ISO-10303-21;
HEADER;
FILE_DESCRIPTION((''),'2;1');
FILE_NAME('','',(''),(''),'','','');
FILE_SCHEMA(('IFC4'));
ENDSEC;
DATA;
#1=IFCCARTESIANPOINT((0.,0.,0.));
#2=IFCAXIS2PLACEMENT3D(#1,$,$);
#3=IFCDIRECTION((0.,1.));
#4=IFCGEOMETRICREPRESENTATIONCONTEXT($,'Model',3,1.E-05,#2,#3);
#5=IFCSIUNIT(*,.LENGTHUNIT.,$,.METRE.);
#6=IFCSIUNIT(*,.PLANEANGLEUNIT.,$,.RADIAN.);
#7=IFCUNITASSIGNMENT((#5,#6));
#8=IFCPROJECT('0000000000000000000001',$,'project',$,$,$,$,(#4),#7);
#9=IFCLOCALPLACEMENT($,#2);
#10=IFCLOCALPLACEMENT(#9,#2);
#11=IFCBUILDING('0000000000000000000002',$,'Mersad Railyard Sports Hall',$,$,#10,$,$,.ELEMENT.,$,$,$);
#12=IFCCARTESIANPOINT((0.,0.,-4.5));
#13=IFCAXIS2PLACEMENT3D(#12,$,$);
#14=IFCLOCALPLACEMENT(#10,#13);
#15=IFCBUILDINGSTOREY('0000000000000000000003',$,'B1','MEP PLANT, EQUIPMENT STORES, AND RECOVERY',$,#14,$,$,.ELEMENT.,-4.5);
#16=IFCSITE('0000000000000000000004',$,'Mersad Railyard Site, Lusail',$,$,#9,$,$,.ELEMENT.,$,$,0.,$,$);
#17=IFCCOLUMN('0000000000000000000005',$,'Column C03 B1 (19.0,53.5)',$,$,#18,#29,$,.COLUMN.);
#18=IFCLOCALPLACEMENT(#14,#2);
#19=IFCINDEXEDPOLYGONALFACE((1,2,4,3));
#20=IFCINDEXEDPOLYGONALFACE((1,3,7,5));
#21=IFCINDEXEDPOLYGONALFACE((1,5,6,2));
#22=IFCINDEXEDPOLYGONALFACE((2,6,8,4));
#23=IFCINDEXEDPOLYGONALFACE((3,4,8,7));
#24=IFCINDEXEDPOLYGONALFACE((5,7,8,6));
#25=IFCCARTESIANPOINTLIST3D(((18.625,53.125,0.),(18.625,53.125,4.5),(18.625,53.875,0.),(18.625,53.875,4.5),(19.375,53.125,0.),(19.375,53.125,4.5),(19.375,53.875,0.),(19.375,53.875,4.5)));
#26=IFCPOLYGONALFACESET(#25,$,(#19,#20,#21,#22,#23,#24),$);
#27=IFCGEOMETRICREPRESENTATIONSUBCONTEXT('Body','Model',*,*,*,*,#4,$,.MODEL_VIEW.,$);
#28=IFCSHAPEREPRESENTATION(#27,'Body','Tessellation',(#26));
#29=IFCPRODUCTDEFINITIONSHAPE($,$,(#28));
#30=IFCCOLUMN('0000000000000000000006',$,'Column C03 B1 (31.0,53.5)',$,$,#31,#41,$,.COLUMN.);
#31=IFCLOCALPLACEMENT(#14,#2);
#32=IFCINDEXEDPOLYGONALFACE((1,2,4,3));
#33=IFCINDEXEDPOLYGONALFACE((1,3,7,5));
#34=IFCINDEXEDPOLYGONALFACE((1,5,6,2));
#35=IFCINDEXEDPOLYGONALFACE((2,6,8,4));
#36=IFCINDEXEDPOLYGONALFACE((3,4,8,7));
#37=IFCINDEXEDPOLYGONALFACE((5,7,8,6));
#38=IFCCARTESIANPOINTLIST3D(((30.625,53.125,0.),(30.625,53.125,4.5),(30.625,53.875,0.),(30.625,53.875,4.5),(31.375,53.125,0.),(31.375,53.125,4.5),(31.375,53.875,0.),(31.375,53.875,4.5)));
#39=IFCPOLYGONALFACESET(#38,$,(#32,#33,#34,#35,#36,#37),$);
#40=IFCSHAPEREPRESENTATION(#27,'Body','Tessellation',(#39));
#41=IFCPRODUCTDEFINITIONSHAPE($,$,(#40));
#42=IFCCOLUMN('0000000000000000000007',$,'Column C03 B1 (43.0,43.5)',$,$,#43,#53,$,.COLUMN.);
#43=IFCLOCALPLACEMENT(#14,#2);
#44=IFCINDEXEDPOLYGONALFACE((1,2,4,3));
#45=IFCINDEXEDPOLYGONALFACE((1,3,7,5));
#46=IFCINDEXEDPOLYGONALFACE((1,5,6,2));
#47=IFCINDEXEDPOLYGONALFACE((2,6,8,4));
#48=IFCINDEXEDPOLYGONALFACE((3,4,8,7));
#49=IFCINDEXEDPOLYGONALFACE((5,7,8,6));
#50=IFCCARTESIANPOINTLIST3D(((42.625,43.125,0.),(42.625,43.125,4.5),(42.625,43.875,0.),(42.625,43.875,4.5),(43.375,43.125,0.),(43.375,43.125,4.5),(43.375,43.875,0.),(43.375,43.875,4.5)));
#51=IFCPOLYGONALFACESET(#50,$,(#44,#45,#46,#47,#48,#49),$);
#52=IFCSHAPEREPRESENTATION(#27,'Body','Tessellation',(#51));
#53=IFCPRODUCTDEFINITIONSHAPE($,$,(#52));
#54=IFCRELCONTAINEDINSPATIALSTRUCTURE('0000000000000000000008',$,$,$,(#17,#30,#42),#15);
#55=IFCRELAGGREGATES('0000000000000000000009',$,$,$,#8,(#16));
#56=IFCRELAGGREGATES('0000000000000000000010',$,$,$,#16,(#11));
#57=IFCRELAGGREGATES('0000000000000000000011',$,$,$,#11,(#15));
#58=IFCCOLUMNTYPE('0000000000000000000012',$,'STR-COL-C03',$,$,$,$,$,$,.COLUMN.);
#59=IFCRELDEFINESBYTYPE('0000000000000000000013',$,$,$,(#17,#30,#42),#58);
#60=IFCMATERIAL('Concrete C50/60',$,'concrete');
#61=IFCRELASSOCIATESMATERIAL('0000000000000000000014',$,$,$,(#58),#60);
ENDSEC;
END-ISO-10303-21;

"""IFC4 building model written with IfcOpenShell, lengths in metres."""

from ifc_helpers import new_model, si_unit, direction, frame, origin, origin_2d, place, context, subcontext, project, spatial, rectangle, extrude, material, material_profile, profile_set, type_object, element, save


model = new_model("IFC4")

# Units and contexts
model_context = context("Model", 3, precision=1e-05, world=origin(), true_north=direction((0.0, 1.0)))
body_context = subcontext(model_context, "Body", "Model", "MODEL_VIEW")
ifc_project = project(units=[si_unit("LENGTHUNIT", "METRE"), si_unit("PLANEANGLEUNIT", "RADIAN")], contexts=[model_context])

# Site, building, storey
site_placement = place(None, origin())
site = spatial("IfcSite", under=ifc_project, at=site_placement, Name="Mersad Railyard Site, Lusail", CompositionType="ELEMENT", RefElevation=0.0)
building_placement = place(site_placement, origin())
building = spatial("IfcBuilding", under=site, at=building_placement, Name="Mersad Railyard Sports Hall", CompositionType="ELEMENT")
storey_placement = place(building_placement, frame((0.0, 0.0, -4.5)))
storey = spatial("IfcBuildingStorey", under=building, at=storey_placement, Name="B1", Description="MEP PLANT, EQUIPMENT STORES, AND RECOVERY", CompositionType="ELEMENT", Elevation=-4.5)

# Columns
ifc_material_1 = material(Name="Concrete C50/60", Category="concrete")
ifc_material_profile_1 = material_profile(ifc_material_1, rectangle(XDim=0.75, YDim=0.75, at=origin_2d()), Name="RC 750x750")
ifc_profile_set_1 = profile_set([ifc_material_profile_1], Name="Concrete C50/60")
column_type_1 = type_object("IfcColumnType", Name="STR-COL-C03", PredefinedType="COLUMN", material=ifc_profile_set_1)
for number, where, z_axis, x_axis, name in (
    (1, (19.0, 53.5, 0.0), (0.0, 0.0, 1.0), (1.0, 0.0, 0.0), "Column C03 B1 (19.0,53.5)"),
    (2, (31.0, 53.5, 0.0), (0.0, 0.0, 1.0), (1.0, 0.0, 0.0), "Column C03 B1 (31.0,53.5)"),
    (3, (43.0, 43.5, 0.0), (0.0, 0.0, 1.0), (1.0, 0.0, 0.0), "Column C03 B1 (43.0,43.5)"),
):
    element("IfcColumn", number, at=place(storey_placement, frame(where, z_axis=z_axis, x_axis=x_axis)), inside=storey, type_object=column_type_1, Name=name, PredefinedType="COLUMN", context=body_context, shape_type="SweptSolid", body=[
        extrude(rectangle(XDim=0.75, YDim=0.75, at=origin_2d()), origin(), (0.0, 0.0, 1.0), 4.5),
    ])

save(model, "model.ifc")
